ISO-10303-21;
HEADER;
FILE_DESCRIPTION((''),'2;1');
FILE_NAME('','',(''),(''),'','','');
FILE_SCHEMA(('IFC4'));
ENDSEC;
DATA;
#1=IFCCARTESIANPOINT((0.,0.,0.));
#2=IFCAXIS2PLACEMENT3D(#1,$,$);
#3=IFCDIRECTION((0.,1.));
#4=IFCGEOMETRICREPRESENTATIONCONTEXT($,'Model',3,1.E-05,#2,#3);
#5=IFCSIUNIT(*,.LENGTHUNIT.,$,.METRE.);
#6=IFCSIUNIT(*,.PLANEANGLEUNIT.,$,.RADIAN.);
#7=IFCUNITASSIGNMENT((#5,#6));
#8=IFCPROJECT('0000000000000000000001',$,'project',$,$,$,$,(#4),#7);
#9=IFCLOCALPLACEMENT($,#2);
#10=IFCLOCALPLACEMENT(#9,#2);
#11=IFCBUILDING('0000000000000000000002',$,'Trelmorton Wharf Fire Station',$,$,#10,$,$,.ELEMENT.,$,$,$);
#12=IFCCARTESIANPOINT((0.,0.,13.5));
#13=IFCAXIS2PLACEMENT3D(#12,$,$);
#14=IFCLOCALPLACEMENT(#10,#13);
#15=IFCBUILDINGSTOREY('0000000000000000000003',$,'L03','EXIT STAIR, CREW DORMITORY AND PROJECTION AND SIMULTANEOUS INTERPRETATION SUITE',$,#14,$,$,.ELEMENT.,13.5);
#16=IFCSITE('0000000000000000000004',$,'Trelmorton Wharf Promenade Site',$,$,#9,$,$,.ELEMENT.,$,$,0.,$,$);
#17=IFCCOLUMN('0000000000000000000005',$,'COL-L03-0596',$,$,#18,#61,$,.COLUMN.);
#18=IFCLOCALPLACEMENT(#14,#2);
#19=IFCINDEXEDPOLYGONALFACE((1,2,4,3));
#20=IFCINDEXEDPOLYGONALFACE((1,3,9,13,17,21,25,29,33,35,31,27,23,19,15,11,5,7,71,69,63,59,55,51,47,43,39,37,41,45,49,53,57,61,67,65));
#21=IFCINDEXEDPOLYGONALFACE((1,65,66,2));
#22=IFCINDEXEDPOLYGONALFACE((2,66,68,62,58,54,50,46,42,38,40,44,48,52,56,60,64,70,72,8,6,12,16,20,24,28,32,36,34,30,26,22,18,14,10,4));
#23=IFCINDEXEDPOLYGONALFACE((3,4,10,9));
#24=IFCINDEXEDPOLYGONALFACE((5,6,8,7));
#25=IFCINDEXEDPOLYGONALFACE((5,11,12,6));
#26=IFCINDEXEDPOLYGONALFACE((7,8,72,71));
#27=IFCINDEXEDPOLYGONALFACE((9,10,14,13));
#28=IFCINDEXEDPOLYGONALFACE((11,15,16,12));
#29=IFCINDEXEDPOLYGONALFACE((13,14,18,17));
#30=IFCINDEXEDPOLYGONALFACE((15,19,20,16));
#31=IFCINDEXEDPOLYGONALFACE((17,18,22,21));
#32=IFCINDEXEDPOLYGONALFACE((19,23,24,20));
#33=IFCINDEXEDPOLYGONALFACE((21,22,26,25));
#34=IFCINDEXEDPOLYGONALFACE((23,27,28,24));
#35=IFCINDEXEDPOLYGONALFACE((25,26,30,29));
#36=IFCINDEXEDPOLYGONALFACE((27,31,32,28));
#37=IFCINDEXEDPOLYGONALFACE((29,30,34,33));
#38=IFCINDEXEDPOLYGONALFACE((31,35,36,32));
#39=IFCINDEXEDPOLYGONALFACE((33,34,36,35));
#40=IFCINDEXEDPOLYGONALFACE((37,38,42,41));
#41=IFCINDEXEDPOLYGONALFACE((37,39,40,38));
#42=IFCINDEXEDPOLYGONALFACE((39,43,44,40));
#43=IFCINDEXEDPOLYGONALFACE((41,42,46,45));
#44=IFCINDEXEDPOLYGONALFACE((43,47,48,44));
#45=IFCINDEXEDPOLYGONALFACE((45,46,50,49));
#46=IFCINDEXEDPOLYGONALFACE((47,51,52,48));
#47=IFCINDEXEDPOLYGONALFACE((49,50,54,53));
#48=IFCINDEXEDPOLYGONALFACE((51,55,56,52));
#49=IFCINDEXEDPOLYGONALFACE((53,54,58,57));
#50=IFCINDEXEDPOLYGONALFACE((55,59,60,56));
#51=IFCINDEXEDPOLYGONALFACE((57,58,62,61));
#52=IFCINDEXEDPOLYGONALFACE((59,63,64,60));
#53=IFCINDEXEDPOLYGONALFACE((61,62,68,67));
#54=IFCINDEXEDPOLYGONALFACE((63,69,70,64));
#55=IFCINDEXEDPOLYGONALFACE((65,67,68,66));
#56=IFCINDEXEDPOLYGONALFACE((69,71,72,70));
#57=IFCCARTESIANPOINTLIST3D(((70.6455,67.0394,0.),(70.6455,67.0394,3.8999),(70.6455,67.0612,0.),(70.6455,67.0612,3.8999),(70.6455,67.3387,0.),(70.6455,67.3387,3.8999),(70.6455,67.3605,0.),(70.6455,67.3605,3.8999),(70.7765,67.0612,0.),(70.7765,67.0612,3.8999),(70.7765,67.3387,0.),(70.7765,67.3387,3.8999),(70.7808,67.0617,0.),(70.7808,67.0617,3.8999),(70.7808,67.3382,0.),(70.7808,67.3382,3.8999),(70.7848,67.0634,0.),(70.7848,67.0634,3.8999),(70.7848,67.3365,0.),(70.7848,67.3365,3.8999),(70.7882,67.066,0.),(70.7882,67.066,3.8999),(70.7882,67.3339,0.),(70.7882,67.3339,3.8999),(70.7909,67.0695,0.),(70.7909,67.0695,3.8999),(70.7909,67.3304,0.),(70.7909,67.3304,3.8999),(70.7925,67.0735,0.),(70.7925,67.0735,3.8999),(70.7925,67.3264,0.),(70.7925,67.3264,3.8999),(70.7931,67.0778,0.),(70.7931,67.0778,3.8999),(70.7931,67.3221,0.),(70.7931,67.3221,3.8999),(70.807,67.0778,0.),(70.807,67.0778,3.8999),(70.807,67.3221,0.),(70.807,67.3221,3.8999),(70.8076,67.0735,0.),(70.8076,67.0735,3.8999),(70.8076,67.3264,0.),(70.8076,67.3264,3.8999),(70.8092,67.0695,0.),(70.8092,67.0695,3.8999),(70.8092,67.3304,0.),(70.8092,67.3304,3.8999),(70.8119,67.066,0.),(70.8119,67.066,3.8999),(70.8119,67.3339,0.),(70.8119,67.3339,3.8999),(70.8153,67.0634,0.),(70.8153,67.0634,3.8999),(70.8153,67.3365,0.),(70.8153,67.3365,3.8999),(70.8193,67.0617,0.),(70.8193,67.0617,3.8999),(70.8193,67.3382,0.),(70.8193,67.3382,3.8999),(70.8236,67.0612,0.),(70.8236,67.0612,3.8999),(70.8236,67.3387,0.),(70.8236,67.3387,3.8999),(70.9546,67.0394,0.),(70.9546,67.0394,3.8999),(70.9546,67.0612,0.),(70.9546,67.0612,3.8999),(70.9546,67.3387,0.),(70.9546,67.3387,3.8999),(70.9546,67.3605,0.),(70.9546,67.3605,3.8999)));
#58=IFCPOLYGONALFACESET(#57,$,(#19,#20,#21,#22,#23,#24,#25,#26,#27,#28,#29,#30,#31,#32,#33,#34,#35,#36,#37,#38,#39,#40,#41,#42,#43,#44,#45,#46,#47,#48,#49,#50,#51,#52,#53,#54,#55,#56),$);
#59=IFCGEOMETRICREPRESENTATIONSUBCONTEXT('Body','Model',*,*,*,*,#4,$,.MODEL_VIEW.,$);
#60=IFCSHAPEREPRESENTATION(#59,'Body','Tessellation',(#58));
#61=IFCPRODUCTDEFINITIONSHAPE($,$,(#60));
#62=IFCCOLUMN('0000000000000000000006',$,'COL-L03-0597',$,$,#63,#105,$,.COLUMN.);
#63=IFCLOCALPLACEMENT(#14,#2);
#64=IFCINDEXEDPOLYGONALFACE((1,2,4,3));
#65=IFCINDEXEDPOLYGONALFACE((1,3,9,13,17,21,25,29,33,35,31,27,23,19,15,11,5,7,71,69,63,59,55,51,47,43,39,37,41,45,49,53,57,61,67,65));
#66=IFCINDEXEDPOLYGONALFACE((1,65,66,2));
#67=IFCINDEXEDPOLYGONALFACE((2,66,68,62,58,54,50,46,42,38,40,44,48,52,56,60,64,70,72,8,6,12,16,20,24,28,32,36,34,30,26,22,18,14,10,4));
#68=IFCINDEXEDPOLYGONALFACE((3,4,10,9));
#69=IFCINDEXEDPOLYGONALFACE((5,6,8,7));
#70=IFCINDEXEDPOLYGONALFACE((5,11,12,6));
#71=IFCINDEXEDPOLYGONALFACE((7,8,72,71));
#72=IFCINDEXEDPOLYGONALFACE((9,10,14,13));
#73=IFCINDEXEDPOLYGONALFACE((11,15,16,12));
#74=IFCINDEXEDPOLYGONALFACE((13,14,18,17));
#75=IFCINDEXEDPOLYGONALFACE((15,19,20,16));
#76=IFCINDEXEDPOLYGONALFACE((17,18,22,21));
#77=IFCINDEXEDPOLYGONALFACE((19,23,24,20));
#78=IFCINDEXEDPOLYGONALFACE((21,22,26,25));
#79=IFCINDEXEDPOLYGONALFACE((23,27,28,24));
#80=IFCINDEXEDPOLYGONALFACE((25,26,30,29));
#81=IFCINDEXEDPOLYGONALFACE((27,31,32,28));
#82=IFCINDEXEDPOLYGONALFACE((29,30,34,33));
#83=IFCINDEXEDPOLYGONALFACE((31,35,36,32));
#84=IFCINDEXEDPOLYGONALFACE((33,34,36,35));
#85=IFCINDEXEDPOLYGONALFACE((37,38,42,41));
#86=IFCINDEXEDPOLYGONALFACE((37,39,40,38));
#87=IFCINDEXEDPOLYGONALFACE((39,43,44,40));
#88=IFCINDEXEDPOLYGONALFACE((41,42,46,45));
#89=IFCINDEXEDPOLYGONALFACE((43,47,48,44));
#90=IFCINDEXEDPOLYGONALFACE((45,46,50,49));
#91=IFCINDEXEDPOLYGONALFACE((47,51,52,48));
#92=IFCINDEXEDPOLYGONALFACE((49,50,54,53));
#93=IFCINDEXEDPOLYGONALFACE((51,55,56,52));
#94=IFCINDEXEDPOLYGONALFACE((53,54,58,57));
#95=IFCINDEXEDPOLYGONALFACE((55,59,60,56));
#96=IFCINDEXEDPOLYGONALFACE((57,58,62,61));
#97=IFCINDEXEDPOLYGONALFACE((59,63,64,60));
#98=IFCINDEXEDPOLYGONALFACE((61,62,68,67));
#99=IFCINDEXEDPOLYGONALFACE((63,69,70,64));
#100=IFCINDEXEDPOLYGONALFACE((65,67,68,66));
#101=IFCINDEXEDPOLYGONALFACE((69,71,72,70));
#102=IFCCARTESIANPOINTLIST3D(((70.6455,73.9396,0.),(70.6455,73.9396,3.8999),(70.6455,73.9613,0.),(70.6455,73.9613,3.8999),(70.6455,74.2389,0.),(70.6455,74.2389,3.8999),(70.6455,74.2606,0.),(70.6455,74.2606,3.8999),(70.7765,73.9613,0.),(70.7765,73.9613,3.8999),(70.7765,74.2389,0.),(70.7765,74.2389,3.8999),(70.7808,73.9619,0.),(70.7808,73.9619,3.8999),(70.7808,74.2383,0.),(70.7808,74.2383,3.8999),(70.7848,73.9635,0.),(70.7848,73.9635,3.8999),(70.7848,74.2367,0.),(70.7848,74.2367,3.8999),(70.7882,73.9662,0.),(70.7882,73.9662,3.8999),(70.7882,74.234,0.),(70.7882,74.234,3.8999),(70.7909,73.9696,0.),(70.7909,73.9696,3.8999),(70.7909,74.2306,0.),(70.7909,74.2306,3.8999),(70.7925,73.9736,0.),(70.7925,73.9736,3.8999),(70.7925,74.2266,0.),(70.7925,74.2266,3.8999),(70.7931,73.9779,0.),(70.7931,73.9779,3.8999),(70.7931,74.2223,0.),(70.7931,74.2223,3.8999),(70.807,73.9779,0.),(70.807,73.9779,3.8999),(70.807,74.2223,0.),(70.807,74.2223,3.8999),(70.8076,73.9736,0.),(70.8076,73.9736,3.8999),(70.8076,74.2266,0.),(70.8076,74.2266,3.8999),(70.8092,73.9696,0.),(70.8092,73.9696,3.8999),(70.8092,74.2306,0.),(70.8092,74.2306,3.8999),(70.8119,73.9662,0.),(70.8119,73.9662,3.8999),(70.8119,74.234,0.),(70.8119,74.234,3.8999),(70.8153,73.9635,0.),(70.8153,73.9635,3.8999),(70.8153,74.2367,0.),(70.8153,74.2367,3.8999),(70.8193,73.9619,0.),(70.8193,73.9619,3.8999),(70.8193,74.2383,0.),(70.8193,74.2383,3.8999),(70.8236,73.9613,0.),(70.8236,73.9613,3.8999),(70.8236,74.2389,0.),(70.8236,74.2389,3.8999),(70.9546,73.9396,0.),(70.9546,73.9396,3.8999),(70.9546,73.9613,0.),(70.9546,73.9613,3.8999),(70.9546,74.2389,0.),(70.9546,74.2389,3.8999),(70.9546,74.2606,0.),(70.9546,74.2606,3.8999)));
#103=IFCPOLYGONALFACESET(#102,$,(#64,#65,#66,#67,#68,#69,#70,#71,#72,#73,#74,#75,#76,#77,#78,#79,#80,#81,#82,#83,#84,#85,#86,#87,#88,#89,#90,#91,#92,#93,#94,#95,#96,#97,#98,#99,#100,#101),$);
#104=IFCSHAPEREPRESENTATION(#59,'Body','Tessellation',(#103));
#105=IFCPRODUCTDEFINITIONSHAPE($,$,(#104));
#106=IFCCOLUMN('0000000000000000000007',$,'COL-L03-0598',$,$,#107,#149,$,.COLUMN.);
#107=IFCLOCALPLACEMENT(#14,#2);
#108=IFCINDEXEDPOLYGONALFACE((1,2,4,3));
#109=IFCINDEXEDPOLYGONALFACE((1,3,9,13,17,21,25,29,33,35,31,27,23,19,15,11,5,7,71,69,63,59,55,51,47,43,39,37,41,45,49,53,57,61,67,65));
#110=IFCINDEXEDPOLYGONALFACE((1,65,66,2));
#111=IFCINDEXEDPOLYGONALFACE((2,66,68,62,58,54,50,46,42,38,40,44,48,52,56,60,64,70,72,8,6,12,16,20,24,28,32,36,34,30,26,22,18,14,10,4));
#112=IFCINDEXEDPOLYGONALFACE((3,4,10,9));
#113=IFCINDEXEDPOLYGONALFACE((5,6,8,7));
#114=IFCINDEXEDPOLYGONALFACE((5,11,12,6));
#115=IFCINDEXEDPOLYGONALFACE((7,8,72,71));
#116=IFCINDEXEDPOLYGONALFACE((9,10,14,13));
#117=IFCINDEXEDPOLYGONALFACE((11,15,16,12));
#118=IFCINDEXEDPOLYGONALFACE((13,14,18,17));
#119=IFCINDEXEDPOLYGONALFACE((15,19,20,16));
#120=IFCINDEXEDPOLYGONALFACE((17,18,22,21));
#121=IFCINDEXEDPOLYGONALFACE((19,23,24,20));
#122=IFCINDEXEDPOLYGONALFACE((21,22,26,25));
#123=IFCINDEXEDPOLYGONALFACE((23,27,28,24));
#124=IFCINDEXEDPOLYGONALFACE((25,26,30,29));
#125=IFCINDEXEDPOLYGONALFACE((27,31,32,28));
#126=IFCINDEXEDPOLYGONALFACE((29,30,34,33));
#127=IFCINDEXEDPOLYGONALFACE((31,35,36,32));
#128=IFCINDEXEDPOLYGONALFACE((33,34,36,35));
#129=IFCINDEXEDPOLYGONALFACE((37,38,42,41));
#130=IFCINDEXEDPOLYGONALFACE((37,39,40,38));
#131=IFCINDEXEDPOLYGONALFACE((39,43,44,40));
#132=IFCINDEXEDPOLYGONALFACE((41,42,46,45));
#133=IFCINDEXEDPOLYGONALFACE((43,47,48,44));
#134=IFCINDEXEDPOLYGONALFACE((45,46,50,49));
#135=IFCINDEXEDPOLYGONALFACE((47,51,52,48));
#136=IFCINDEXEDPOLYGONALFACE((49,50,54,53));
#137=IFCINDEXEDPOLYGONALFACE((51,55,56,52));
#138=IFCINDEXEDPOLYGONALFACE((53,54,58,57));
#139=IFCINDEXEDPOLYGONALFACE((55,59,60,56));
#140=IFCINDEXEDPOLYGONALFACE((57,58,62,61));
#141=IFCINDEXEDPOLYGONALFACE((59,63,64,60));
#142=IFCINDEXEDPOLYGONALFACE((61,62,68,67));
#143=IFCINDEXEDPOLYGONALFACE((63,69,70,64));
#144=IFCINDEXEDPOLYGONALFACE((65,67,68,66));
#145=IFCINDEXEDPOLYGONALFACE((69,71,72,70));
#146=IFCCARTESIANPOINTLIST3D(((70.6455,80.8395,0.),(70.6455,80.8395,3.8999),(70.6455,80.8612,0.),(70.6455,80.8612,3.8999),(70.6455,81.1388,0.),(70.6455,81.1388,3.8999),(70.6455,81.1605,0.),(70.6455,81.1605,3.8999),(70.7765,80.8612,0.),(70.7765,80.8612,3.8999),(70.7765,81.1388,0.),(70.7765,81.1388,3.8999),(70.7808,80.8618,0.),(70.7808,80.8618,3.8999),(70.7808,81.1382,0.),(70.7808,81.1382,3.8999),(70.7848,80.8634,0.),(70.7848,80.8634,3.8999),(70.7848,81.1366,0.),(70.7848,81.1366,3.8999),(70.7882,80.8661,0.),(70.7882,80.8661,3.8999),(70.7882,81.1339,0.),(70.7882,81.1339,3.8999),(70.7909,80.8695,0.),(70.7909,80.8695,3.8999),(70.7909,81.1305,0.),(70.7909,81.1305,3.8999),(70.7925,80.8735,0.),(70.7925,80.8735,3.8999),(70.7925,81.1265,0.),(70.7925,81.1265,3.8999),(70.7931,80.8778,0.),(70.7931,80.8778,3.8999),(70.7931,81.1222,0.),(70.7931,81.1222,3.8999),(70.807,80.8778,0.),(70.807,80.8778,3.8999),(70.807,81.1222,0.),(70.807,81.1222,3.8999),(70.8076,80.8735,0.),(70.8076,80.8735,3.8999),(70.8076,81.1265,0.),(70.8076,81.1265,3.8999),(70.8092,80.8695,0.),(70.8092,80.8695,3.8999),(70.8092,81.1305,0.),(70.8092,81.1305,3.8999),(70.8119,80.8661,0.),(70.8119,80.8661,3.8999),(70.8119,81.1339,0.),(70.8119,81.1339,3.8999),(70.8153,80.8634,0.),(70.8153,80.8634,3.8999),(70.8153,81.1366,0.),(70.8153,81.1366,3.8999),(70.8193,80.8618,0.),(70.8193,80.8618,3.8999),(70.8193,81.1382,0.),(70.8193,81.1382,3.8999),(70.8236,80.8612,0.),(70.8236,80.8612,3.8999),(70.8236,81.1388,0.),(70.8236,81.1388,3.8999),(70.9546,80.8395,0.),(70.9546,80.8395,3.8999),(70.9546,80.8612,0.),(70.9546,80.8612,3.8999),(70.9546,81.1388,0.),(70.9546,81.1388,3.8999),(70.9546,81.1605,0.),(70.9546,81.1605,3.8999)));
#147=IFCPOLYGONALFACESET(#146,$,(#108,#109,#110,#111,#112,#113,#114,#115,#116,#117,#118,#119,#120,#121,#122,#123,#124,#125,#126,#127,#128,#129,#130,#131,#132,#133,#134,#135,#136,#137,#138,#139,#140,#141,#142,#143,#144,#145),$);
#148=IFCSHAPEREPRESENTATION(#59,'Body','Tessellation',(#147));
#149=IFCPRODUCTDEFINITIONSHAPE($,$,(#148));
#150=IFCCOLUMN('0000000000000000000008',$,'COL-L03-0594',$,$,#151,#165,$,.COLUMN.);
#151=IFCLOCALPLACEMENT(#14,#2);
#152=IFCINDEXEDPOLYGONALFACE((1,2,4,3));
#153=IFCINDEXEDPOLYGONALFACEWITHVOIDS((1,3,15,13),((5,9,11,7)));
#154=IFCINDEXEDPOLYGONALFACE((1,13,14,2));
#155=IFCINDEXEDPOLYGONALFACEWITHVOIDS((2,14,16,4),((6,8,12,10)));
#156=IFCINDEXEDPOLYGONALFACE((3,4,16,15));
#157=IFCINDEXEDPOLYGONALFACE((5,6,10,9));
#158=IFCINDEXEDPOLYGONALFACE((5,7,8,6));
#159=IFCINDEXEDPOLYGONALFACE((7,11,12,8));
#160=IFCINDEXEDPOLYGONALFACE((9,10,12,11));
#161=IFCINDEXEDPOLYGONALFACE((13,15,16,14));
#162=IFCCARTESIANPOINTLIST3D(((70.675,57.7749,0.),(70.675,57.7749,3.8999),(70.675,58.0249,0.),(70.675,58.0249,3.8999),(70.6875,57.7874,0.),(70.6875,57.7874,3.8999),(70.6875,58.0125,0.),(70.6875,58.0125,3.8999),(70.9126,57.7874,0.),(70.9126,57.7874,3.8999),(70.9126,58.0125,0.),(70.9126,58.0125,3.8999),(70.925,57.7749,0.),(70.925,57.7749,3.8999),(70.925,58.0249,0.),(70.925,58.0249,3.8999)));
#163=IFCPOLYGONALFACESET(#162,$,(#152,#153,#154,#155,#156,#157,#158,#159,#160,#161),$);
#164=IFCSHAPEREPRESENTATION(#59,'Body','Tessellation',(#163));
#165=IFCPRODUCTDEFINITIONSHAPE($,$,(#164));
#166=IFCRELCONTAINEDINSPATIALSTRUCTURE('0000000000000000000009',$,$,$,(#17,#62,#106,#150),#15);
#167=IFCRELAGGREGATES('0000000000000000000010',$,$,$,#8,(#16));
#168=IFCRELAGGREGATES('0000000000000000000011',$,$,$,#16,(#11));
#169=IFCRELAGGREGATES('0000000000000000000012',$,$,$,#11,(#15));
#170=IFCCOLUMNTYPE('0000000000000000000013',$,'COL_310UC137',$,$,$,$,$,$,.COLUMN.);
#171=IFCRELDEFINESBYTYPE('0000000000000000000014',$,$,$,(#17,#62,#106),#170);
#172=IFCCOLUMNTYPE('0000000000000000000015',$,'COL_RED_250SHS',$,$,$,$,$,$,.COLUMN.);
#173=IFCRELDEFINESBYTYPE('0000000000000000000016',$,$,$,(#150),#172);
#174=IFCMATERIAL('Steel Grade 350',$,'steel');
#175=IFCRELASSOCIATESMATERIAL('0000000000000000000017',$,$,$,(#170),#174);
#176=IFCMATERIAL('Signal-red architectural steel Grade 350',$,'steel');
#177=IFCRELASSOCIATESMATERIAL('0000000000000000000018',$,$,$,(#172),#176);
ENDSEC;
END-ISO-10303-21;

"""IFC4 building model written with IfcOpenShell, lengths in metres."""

from ifc_helpers import new_model, si_unit, direction, frame, origin, origin_2d, place, context, subcontext, project, spatial, hollow_rectangle, i_section, extrude, material, material_profile, profile_set, type_object, element, save


model = new_model("IFC4")

# Units and contexts
model_context = context("Model", 3, precision=1e-05, world=origin(), true_north=direction((0.0, 1.0)))
body_context = subcontext(model_context, "Body", "Model", "MODEL_VIEW")
ifc_project = project(units=[si_unit("LENGTHUNIT", "METRE"), si_unit("PLANEANGLEUNIT", "RADIAN")], contexts=[model_context])

# Site, building, storey
site_placement = place(None, origin())
site = spatial("IfcSite", under=ifc_project, at=site_placement, Name="Trelmorton Wharf Promenade Site", CompositionType="ELEMENT", RefElevation=0.0)
building_placement = place(site_placement, origin())
building = spatial("IfcBuilding", under=site, at=building_placement, Name="Trelmorton Wharf Fire Station", CompositionType="ELEMENT")
storey_placement = place(building_placement, frame((0.0, 0.0, 13.5)))
storey = spatial("IfcBuildingStorey", under=building, at=storey_placement, Name="L03", Description="EXIT STAIR, CREW DORMITORY AND PROJECTION AND SIMULTANEOUS INTERPRETATION SUITE", CompositionType="ELEMENT", Elevation=13.5)

# Columns
ifc_material_1 = material(Name="Steel Grade 350", Category="steel")
ifc_material_profile_1 = material_profile(ifc_material_1, i_section(OverallWidth=0.3091, OverallDepth=0.321, WebThickness=0.0139, FlangeThickness=0.0217, FilletRadius=0.0166, at=origin_2d()), Name="310UC137")
ifc_profile_set_1 = profile_set([ifc_material_profile_1], Name="Steel Grade 350")
column_type_1 = type_object("IfcColumnType", Name="COL_310UC137", PredefinedType="COLUMN", material=ifc_profile_set_1)
for number, where, z_axis, x_axis, name in (
    (1, (70.8, 67.2, 0.0), (0.0, 0.0, 1.0), (1.0, 0.0, 0.0), "COL-L03-0596"),
    (2, (70.8, 74.1001, 0.0), (0.0, 0.0, 1.0), (1.0, 0.0, 0.0), "COL-L03-0597"),
    (3, (70.8, 81.0, 0.0), (0.0, 0.0, 1.0), (1.0, 0.0, 0.0), "COL-L03-0598"),
):
    element("IfcColumn", number, at=place(storey_placement, frame(where, z_axis=z_axis, x_axis=x_axis)), inside=storey, type_object=column_type_1, Name=name, PredefinedType="COLUMN", context=body_context, shape_type="SweptSolid", body=[
        extrude(i_section(OverallWidth=0.3091, OverallDepth=0.321, WebThickness=0.0139, FlangeThickness=0.0217, FilletRadius=0.0166, at=origin_2d()), origin(), (0.0, 0.0, 1.0), 3.8999),
    ])
ifc_material_2 = material(Name="Signal-red architectural steel Grade 350", Category="steel")
ifc_material_profile_2 = material_profile(ifc_material_2, hollow_rectangle(XDim=0.25, YDim=0.25, WallThickness=0.0125, at=origin_2d()), Name="250x250x12.5SHS")
ifc_profile_set_2 = profile_set([ifc_material_profile_2], Name="Signal-red architectural steel Grade 350")
column_type_2 = type_object("IfcColumnType", Name="COL_RED_250SHS", PredefinedType="COLUMN", material=ifc_profile_set_2)
column_1_placement = place(storey_placement, frame((70.8, 57.8999, 0.0), z_axis=(0.0, 0.0, 1.0), x_axis=(1.0, 0.0, 0.0)))
element("IfcColumn", 4, at=column_1_placement, inside=storey, type_object=column_type_2, Name="COL-L03-0594", PredefinedType="COLUMN", context=body_context, shape_type="SweptSolid", body=[
    extrude(hollow_rectangle(XDim=0.25, YDim=0.25, WallThickness=0.0125, at=origin_2d()), origin(), (0.0, 0.0, 1.0), 3.8999),
])

save(model, "model.ifc")
